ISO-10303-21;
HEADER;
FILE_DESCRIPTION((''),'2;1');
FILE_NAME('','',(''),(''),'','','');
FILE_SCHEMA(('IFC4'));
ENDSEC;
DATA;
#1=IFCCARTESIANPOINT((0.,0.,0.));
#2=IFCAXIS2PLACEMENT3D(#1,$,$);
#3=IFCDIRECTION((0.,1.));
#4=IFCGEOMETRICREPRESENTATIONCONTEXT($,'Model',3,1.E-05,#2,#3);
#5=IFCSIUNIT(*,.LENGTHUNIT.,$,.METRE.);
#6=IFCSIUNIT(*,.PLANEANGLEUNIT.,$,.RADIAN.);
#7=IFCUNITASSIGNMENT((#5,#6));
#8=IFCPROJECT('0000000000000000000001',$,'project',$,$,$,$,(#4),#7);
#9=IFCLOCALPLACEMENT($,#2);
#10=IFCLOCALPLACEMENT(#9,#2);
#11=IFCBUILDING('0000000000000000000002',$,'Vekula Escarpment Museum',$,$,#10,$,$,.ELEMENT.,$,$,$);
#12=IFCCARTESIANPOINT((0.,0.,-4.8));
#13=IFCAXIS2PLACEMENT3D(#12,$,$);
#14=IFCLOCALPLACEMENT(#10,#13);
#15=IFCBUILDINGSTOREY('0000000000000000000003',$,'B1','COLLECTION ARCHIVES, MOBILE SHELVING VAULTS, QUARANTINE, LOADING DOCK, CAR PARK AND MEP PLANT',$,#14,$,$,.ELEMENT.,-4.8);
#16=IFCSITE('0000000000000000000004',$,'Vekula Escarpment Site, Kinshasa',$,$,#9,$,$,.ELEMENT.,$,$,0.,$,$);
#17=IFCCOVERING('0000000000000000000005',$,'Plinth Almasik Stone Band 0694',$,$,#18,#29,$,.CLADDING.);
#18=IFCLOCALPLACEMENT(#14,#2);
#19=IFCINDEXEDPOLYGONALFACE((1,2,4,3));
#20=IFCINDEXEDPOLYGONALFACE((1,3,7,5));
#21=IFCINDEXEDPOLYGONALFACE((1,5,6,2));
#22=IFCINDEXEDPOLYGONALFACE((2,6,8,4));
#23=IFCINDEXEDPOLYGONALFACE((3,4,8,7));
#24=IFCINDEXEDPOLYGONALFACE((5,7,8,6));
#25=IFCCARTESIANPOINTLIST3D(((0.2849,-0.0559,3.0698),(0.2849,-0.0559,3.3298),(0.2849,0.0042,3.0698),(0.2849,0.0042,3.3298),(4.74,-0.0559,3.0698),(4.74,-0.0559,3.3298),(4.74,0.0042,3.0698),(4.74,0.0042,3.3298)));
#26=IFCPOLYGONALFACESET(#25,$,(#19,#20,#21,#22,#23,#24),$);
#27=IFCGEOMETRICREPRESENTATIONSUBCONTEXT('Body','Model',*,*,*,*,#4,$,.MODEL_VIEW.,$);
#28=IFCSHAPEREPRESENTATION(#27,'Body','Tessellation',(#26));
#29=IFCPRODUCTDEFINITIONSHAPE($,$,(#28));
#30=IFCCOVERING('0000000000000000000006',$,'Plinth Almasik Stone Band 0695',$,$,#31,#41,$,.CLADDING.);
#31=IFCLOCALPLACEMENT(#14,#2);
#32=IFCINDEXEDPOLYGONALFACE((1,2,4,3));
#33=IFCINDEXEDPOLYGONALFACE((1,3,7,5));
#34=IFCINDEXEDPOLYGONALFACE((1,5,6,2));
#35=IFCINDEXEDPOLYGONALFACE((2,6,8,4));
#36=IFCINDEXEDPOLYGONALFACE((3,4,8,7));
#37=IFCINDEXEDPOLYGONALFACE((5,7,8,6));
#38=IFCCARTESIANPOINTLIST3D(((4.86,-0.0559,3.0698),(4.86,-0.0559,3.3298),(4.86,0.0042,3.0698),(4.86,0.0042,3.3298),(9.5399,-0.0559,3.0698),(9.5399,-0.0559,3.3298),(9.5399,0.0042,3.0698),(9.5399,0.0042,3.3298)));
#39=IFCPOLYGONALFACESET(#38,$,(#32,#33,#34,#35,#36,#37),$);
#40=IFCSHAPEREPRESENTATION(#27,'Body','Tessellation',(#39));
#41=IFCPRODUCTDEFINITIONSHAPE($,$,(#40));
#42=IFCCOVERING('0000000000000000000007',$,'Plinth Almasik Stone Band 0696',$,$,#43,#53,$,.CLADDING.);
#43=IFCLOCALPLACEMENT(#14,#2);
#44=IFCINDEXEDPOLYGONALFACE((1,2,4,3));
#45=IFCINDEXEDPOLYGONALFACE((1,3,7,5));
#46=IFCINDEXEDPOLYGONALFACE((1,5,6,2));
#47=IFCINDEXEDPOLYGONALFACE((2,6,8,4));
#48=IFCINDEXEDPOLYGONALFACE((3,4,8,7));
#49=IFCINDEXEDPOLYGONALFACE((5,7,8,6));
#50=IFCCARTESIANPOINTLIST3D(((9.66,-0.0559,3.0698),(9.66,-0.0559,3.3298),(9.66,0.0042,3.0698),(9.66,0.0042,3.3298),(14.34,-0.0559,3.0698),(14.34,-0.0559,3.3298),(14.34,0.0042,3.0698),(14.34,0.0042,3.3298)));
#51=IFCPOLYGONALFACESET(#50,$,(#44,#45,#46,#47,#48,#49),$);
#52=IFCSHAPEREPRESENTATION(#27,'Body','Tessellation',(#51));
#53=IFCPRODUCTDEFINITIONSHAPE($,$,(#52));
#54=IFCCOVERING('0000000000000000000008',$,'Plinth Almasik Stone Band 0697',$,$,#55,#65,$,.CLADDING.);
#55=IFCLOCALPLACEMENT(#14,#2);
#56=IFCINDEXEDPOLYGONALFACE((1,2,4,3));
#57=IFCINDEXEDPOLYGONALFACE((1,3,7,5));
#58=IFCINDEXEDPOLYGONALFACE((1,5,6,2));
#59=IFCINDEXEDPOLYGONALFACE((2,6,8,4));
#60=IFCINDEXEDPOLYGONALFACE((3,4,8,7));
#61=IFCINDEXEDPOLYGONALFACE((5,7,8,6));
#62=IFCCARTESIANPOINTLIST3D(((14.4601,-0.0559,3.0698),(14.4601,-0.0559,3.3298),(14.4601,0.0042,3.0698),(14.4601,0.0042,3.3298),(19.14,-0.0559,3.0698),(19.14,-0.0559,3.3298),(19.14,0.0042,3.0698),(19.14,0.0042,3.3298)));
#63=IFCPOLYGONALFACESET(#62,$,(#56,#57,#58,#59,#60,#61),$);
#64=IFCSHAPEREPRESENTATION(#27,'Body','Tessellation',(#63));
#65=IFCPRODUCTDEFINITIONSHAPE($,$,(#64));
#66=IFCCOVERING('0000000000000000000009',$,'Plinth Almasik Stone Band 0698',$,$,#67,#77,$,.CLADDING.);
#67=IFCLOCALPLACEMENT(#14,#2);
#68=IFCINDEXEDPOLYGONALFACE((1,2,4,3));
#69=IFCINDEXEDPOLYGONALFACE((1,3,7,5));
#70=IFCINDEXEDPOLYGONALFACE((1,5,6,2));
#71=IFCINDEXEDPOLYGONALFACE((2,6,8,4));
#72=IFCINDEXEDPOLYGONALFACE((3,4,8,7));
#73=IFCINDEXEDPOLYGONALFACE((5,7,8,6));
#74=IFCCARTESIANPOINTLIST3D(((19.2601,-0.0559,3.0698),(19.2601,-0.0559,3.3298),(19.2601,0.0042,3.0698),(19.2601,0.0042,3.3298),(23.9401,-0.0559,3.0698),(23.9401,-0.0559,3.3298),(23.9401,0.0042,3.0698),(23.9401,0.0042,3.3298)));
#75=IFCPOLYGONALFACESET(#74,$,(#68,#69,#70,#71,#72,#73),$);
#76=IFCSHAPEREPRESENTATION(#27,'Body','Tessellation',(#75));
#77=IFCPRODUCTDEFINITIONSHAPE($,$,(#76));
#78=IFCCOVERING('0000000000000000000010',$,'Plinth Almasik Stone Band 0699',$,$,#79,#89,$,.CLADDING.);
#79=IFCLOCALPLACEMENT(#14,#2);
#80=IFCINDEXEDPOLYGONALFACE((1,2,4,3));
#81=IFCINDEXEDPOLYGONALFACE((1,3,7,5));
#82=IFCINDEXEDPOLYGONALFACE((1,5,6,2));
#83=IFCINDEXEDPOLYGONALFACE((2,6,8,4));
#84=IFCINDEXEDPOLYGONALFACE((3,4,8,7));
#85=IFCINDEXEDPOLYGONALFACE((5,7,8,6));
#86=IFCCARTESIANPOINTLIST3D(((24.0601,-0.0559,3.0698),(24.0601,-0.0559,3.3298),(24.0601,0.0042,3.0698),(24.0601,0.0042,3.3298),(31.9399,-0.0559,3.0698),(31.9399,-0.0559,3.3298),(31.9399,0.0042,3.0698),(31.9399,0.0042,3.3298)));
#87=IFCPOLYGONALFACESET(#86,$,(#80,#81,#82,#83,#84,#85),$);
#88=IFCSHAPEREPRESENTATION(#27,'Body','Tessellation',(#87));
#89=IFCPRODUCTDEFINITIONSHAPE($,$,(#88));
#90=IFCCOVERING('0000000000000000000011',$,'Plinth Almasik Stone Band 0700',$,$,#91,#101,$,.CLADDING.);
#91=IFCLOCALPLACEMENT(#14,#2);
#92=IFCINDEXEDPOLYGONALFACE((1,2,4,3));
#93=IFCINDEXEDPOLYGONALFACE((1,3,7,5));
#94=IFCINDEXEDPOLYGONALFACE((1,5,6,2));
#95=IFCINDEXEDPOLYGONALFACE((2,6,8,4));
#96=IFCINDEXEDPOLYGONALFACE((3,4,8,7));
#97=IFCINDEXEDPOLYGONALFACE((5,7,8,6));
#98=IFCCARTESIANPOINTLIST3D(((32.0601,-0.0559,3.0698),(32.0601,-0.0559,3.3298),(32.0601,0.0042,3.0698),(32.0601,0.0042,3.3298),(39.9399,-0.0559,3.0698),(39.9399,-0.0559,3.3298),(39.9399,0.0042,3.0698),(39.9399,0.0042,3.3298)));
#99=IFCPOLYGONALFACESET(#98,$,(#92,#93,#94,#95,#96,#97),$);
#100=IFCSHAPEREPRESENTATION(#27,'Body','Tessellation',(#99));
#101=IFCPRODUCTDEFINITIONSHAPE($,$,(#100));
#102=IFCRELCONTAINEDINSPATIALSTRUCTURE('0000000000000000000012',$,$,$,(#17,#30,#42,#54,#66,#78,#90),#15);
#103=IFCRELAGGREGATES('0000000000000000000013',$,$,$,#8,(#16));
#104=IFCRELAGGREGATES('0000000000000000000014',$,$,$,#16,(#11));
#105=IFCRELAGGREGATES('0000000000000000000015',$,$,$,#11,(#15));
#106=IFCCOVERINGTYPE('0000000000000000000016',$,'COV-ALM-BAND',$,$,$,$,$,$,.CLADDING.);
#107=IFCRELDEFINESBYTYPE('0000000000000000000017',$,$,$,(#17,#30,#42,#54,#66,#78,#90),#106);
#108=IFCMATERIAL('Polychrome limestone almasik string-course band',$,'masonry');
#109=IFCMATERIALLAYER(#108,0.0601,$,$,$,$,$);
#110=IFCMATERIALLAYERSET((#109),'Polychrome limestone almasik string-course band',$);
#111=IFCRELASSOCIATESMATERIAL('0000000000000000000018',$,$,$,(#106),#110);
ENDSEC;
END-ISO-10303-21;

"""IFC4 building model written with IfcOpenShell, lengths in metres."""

from ifc_helpers import new_model, si_unit, direction, frame, origin, origin_2d, place, context, subcontext, project, spatial, rectangle, extrude, material, layer, layer_set, type_object, element, save


model = new_model("IFC4")

# Units and contexts
model_context = context("Model", 3, precision=1e-05, world=origin(), true_north=direction((0.0, 1.0)))
body_context = subcontext(model_context, "Body", "Model", "MODEL_VIEW")
ifc_project = project(units=[si_unit("LENGTHUNIT", "METRE"), si_unit("PLANEANGLEUNIT", "RADIAN")], contexts=[model_context])

# Site, building, storey
site_placement = place(None, origin())
site = spatial("IfcSite", under=ifc_project, at=site_placement, Name="Vekula Escarpment Site, Kinshasa", CompositionType="ELEMENT", RefElevation=0.0)
building_placement = place(site_placement, origin())
building = spatial("IfcBuilding", under=site, at=building_placement, Name="Vekula Escarpment Museum", CompositionType="ELEMENT")
storey_placement = place(building_placement, frame((0.0, 0.0, -4.8)))
storey = spatial("IfcBuildingStorey", under=building, at=storey_placement, Name="B1", Description="COLLECTION ARCHIVES, MOBILE SHELVING VAULTS, QUARANTINE, LOADING DOCK, CAR PARK AND MEP PLANT", CompositionType="ELEMENT", Elevation=-4.8)

# Coverings
ifc_material_1 = material(Name="Polychrome limestone almasik string-course band", Category="masonry")
ifc_layer = layer(ifc_material_1, 0.0601)
ifc_layer_set = layer_set([ifc_layer], Name="Polychrome limestone almasik string-course band")
covering_type = type_object("IfcCoveringType", Name="COV-ALM-BAND", PredefinedType="CLADDING", material=ifc_layer_set)
covering_placement = place(storey_placement, frame((2.5125, -0.0259, 3.0698), z_axis=(0.0, 0.0, 1.0), x_axis=(1.0, 0.0, 0.0)))
element("IfcCovering", 1, at=covering_placement, inside=storey, type_object=covering_type, Name="Plinth Almasik Stone Band 0694", PredefinedType="CLADDING", context=body_context, shape_type="SweptSolid", body=[
    extrude(rectangle(XDim=4.4551, YDim=0.0601, at=origin_2d()), origin(), (0.0, 0.0, 1.0), 0.26),
])
for number, where, z_axis, x_axis, name in (
    (2, (7.2, -0.0259, 3.0698), (0.0, 0.0, 1.0), (1.0, 0.0, 0.0), "Plinth Almasik Stone Band 0695"),
    (3, (12.0, -0.0259, 3.0698), (0.0, 0.0, 1.0), (1.0, 0.0, 0.0), "Plinth Almasik Stone Band 0696"),
    (4, (16.8, -0.0259, 3.0698), (0.0, 0.0, 1.0), (1.0, 0.0, 0.0), "Plinth Almasik Stone Band 0697"),
    (5, (21.6001, -0.0259, 3.0698), (0.0, 0.0, 1.0), (1.0, 0.0, 0.0), "Plinth Almasik Stone Band 0698"),
):
    element("IfcCovering", number, at=place(storey_placement, frame(where, z_axis=z_axis, x_axis=x_axis)), inside=storey, type_object=covering_type, Name=name, PredefinedType="CLADDING", context=body_context, shape_type="SweptSolid", body=[
        extrude(rectangle(XDim=4.6799, YDim=0.0601, at=origin_2d()), origin(), (0.0, 0.0, 1.0), 0.26),
    ])
for number, where, z_axis, x_axis, name in (
    (6, (28.0, -0.0259, 3.0698), (0.0, 0.0, 1.0), (1.0, 0.0, 0.0), "Plinth Almasik Stone Band 0699"),
    (7, (36.0, -0.0259, 3.0698), (0.0, 0.0, 1.0), (1.0, 0.0, 0.0), "Plinth Almasik Stone Band 0700"),
):
    element("IfcCovering", number, at=place(storey_placement, frame(where, z_axis=z_axis, x_axis=x_axis)), inside=storey, type_object=covering_type, Name=name, PredefinedType="CLADDING", context=body_context, shape_type="SweptSolid", body=[
        extrude(rectangle(XDim=7.8799, YDim=0.0601, at=origin_2d()), origin(), (0.0, 0.0, 1.0), 0.26),
    ])

save(model, "model.ifc")
